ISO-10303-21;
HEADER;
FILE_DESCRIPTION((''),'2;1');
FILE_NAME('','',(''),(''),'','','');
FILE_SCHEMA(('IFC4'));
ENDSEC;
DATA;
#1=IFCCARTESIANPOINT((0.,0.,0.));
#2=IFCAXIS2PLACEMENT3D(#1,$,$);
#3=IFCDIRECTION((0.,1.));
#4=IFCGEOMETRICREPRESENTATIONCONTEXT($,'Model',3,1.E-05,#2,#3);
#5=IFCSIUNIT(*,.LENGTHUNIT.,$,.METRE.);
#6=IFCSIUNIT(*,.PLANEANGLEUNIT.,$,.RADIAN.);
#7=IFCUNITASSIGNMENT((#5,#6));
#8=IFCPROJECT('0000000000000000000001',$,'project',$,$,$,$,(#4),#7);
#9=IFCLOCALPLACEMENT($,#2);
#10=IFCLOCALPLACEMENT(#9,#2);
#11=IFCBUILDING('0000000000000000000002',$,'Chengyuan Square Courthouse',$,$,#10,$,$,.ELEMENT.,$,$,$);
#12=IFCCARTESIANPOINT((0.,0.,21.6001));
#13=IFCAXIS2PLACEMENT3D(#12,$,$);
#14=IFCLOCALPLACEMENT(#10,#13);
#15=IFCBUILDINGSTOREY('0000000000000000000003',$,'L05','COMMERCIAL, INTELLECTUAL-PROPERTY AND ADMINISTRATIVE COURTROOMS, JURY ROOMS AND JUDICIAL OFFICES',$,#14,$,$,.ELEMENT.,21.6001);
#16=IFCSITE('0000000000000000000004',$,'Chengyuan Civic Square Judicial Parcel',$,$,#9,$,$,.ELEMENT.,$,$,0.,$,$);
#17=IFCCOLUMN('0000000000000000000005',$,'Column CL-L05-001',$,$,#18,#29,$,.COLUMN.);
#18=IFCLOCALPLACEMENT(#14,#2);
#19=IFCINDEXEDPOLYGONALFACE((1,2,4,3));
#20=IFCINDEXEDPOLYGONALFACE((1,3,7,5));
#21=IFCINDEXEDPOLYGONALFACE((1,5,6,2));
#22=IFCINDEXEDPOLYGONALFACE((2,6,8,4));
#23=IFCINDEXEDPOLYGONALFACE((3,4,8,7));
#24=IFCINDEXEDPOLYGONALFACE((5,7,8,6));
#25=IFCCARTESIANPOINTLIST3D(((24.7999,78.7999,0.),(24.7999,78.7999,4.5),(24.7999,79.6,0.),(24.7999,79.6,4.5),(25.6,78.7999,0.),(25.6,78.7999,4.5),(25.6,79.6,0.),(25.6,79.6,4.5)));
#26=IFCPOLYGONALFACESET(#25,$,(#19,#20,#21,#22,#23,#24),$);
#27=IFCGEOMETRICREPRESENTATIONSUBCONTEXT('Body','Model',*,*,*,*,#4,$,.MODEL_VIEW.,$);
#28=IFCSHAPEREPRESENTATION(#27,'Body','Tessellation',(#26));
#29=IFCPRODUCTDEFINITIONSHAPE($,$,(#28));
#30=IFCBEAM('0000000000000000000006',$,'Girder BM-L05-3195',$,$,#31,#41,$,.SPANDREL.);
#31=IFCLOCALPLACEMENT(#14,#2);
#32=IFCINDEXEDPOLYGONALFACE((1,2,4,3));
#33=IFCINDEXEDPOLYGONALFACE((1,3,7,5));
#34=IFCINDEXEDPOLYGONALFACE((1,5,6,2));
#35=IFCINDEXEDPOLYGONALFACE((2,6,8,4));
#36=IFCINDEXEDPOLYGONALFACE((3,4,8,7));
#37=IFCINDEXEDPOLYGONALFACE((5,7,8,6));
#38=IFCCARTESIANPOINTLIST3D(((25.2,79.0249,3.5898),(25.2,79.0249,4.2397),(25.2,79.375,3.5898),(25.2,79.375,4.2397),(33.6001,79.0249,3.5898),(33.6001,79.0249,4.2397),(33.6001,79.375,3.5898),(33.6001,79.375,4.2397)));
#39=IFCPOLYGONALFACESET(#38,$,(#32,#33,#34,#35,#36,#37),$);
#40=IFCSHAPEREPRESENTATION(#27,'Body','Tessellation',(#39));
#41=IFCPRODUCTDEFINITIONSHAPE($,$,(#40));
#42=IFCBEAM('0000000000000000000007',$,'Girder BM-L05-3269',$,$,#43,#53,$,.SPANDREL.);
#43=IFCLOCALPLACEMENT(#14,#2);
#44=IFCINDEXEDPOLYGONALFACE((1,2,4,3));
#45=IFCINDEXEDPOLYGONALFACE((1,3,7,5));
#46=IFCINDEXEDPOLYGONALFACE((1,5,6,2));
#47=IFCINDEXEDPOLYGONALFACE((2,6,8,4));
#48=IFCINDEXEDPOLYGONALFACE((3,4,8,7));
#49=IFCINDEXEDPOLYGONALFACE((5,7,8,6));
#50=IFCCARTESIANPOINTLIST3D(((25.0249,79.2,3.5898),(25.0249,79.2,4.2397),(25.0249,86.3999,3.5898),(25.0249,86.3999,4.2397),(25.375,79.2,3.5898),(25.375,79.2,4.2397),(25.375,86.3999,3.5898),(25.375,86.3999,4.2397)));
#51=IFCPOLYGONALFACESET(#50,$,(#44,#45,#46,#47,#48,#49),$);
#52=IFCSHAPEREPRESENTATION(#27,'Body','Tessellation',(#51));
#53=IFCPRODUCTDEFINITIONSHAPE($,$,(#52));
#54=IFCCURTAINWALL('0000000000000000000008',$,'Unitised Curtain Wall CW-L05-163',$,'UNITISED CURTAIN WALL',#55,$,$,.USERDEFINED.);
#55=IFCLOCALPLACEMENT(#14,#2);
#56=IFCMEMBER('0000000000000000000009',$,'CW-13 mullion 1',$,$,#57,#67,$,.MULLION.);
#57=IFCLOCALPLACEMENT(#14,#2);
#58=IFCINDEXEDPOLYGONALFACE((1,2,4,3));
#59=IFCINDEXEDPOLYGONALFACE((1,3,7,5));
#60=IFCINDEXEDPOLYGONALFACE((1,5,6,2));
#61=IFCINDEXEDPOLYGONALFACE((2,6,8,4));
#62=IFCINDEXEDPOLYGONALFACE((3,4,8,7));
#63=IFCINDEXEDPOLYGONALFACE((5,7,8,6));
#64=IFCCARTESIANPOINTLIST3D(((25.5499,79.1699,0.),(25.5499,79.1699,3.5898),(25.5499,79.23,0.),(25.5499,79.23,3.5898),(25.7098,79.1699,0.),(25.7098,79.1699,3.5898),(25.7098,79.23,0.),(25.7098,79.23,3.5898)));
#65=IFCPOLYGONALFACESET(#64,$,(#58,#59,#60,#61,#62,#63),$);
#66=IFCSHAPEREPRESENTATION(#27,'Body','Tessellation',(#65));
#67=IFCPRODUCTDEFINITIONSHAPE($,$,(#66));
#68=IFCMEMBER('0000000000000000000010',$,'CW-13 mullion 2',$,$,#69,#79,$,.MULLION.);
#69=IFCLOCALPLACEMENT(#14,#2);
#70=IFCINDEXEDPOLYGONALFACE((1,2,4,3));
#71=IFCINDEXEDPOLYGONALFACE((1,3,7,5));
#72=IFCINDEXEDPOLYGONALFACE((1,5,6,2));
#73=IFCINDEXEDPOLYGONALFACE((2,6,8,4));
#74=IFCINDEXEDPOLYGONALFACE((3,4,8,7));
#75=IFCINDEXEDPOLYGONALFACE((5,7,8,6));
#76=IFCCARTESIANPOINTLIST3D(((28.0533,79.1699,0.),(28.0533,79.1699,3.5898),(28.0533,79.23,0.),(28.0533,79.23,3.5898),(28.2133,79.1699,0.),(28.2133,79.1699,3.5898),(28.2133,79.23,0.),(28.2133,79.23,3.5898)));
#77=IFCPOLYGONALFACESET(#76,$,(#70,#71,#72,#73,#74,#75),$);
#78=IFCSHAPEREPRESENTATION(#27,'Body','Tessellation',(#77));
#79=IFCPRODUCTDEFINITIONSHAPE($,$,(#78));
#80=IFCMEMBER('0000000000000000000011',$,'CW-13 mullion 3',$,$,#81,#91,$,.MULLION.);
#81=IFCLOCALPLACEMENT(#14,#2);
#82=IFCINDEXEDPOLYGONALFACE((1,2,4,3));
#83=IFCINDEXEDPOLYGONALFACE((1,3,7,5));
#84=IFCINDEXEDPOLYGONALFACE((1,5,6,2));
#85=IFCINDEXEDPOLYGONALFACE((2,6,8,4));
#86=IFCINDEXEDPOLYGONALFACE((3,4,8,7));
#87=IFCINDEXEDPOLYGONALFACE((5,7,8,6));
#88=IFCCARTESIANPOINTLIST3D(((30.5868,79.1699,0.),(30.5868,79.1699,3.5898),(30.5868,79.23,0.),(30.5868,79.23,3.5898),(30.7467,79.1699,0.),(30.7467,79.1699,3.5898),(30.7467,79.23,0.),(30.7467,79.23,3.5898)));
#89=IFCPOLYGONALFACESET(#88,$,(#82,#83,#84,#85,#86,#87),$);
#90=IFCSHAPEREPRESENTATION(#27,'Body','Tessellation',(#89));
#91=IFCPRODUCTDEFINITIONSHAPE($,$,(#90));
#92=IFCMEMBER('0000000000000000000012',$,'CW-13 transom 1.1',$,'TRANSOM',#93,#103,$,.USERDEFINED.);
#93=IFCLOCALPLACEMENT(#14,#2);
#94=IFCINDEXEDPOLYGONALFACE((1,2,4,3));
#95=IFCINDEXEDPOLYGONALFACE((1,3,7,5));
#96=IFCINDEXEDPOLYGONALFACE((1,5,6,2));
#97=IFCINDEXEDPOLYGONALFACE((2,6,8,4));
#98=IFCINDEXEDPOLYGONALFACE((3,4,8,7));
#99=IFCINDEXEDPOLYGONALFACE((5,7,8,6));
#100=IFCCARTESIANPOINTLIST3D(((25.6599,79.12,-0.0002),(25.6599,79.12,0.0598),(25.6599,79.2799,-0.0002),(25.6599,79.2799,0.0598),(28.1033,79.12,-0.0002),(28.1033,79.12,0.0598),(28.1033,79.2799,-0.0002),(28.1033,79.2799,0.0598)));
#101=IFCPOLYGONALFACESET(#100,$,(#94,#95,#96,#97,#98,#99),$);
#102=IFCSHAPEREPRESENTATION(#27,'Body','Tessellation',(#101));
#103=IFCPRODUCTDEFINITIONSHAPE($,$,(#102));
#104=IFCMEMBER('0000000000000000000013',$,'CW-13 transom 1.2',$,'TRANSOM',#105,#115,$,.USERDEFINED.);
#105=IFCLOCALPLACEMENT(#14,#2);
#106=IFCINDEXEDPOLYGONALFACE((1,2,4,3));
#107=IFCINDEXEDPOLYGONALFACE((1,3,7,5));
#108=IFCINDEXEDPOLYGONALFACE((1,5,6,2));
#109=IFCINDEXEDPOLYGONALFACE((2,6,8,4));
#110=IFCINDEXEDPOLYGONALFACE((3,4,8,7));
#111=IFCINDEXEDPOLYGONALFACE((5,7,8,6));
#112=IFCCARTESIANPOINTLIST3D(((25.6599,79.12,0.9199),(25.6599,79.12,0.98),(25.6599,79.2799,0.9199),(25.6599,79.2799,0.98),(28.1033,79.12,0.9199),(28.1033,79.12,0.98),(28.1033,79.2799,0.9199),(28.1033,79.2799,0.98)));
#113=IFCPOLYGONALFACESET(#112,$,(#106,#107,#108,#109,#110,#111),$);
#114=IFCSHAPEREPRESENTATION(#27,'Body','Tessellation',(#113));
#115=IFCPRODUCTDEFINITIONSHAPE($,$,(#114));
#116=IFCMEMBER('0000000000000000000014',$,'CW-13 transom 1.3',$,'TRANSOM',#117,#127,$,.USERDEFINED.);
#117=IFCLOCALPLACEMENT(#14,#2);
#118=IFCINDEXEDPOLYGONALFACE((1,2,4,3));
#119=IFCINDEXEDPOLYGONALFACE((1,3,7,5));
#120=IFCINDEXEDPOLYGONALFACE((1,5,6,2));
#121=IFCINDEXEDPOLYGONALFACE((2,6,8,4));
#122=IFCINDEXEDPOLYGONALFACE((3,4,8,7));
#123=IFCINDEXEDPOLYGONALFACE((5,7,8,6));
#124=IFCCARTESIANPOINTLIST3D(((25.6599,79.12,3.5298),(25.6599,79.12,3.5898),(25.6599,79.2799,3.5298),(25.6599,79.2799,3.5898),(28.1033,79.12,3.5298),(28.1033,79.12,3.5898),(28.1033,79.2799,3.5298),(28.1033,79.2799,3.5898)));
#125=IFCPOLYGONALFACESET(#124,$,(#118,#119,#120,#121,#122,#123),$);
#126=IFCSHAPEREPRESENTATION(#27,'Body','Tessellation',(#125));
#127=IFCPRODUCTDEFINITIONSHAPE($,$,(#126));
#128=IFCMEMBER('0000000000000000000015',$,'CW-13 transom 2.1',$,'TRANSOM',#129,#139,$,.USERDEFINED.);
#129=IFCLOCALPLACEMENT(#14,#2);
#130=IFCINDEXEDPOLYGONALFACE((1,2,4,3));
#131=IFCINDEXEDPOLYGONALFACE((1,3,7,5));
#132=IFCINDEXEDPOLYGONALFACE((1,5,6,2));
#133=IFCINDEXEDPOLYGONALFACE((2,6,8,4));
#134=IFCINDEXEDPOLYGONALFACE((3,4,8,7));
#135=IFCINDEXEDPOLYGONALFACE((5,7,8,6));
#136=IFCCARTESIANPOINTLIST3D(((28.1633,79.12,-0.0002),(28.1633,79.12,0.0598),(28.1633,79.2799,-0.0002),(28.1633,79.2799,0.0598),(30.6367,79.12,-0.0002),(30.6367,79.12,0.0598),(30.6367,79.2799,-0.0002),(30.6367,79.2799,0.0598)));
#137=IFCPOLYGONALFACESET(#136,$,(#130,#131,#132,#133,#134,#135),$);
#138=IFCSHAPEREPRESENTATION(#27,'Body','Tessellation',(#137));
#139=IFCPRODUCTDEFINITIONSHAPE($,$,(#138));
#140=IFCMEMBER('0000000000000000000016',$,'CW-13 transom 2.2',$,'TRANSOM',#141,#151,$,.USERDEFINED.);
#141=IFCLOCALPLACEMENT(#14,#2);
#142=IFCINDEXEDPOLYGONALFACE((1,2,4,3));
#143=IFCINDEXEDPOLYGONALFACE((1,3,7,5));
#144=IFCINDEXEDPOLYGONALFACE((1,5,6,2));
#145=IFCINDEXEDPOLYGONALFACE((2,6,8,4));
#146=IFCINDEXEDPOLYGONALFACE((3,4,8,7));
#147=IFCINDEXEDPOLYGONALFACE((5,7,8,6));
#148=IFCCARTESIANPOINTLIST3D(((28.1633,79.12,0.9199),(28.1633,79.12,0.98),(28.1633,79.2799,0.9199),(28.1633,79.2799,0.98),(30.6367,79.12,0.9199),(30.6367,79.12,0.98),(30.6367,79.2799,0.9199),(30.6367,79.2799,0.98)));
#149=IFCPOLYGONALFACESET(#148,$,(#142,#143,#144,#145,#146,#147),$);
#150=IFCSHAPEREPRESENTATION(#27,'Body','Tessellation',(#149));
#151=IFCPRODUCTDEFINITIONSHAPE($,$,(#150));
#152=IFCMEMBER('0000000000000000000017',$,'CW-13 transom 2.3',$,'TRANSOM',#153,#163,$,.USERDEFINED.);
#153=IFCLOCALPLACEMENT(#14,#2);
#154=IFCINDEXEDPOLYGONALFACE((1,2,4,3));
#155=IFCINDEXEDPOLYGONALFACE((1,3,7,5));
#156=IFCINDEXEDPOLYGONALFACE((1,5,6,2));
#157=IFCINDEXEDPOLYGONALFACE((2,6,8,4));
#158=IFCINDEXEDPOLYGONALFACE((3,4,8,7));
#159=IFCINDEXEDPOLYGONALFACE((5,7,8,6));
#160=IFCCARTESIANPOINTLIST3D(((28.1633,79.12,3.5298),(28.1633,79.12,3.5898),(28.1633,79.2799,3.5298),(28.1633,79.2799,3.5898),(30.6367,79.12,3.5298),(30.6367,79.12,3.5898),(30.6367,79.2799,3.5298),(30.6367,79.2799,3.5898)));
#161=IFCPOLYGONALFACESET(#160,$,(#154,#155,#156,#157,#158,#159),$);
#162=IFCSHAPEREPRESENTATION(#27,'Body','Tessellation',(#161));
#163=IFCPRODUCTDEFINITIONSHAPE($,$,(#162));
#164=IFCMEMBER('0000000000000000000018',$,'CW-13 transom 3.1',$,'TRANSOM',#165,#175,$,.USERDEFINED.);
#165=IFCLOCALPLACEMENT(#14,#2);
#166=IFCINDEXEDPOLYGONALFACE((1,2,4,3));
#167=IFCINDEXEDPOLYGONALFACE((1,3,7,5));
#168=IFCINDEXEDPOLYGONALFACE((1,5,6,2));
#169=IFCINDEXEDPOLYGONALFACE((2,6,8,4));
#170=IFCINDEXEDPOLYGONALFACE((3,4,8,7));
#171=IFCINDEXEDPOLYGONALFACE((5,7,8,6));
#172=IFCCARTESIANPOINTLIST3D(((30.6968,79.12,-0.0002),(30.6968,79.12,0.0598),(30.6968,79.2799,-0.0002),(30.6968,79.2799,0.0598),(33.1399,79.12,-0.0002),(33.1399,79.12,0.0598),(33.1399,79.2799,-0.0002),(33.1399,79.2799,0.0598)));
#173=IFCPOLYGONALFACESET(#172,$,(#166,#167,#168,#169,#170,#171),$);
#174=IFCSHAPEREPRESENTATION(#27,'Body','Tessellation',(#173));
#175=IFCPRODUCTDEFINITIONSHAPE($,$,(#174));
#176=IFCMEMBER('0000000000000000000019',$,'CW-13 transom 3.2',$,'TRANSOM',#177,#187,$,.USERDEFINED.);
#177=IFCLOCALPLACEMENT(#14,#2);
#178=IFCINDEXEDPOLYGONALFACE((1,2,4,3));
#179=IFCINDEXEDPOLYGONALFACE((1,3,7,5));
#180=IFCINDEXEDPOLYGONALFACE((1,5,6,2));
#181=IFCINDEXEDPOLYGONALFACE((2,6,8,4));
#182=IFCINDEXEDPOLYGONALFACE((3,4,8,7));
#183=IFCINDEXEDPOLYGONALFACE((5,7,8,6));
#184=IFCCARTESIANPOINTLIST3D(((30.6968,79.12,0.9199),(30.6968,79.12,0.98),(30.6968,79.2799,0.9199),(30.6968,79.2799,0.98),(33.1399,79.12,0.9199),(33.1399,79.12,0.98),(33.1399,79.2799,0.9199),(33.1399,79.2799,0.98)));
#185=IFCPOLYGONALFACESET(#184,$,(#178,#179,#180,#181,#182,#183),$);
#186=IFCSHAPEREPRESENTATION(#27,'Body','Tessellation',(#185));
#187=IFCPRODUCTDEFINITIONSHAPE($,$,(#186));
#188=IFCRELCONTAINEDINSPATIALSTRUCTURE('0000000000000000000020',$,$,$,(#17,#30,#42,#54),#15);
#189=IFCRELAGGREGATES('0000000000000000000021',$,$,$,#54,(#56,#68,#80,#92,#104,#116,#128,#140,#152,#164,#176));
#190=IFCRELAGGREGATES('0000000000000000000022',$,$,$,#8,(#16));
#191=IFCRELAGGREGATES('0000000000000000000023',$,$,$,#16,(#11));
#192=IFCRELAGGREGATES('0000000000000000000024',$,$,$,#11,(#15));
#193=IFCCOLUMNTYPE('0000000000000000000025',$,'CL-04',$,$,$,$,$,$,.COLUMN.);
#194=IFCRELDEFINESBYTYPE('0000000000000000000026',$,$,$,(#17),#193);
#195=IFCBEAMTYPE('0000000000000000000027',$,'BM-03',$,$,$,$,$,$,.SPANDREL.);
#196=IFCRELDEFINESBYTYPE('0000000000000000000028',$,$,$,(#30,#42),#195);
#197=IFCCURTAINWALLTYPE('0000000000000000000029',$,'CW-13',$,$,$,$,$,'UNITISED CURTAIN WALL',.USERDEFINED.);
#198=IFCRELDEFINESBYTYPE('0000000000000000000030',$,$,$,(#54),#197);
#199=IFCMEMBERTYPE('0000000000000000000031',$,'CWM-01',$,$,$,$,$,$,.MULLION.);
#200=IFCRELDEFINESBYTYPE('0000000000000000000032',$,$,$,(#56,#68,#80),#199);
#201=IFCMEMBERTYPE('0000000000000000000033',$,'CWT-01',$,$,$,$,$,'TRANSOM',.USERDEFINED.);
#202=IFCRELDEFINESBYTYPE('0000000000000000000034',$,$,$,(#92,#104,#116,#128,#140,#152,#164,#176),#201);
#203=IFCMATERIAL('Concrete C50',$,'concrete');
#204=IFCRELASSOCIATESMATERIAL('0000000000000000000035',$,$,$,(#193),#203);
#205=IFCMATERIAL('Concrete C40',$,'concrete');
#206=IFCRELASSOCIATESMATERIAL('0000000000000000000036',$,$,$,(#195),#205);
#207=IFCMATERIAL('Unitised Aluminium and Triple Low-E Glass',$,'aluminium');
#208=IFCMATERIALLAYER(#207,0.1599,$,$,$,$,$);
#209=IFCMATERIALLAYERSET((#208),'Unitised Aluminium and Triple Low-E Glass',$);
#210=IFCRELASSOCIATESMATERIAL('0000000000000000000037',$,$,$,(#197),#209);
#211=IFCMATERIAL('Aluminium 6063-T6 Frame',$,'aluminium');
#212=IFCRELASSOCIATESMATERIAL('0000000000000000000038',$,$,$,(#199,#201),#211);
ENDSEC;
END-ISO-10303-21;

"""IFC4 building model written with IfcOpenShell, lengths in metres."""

from ifc_helpers import new_model, si_unit, direction, frame, origin, origin_2d, place, context, subcontext, project, spatial, rectangle, extrude, material, layer, layer_set, material_profile, profile_set, type_object, element, aggregate, save


model = new_model("IFC4")

# Units and contexts
model_context = context("Model", 3, precision=1e-05, world=origin(), true_north=direction((0.0, 1.0)))
body_context = subcontext(model_context, "Body", "Model", "MODEL_VIEW")
ifc_project = project(units=[si_unit("LENGTHUNIT", "METRE"), si_unit("PLANEANGLEUNIT", "RADIAN")], contexts=[model_context])

# Site, building, storey
site_placement = place(None, origin())
site = spatial("IfcSite", under=ifc_project, at=site_placement, Name="Chengyuan Civic Square Judicial Parcel", CompositionType="ELEMENT", RefElevation=0.0)
building_placement = place(site_placement, origin())
building = spatial("IfcBuilding", under=site, at=building_placement, Name="Chengyuan Square Courthouse", CompositionType="ELEMENT")
storey_placement = place(building_placement, frame((0.0, 0.0, 21.6001)))
storey = spatial("IfcBuildingStorey", under=building, at=storey_placement, Name="L05", Description="COMMERCIAL, INTELLECTUAL-PROPERTY AND ADMINISTRATIVE COURTROOMS, JURY ROOMS AND JUDICIAL OFFICES", CompositionType="ELEMENT", Elevation=21.6001)

# Column
ifc_material_1 = material(Name="Concrete C50", Category="concrete")
ifc_material_profile_1 = material_profile(ifc_material_1, rectangle(XDim=0.8, YDim=0.8, at=origin_2d()), Name="RC-COL-800x800")
ifc_profile_set_1 = profile_set([ifc_material_profile_1], Name="Concrete C50")
column_type = type_object("IfcColumnType", Name="CL-04", PredefinedType="COLUMN", material=ifc_profile_set_1)
column_placement = place(storey_placement, frame((25.2, 79.2, 0.0), z_axis=(0.0, 0.0, 1.0), x_axis=(1.0, 0.0, 0.0)))
element("IfcColumn", 1, at=column_placement, inside=storey, type_object=column_type, Name="Column CL-L05-001", PredefinedType="COLUMN", context=body_context, shape_type="SweptSolid", body=[
    extrude(rectangle(XDim=0.8, YDim=0.8, at=origin_2d()), origin(), (0.0, 0.0, 1.0), 4.5),
])

# Beams
ifc_material_2 = material(Name="Concrete C40", Category="concrete")
ifc_material_profile_2 = material_profile(ifc_material_2, rectangle(XDim=0.3501, YDim=0.6499, at=origin_2d()), Name="RC-BM-350x650")
ifc_profile_set_2 = profile_set([ifc_material_profile_2], Name="Concrete C40")
beam_type = type_object("IfcBeamType", Name="BM-03", PredefinedType="SPANDREL", material=ifc_profile_set_2)
beam_1_placement = place(storey_placement, frame((25.2, 79.2, 3.9148), z_axis=(1.0, 0.0, 0.0), x_axis=(0.0, 1.0, 0.0)))
element("IfcBeam", 2, at=beam_1_placement, inside=storey, type_object=beam_type, Name="Girder BM-L05-3195", PredefinedType="SPANDREL", context=body_context, shape_type="SweptSolid", body=[
    extrude(rectangle(XDim=0.3501, YDim=0.6499, at=origin_2d()), origin(), (0.0, 0.0, 1.0), 8.4001),
])
beam_2_placement = place(storey_placement, frame((25.2, 79.2, 3.9148), z_axis=(0.0, 1.0, 0.0), x_axis=(-1.0, 0.0, 0.0)))
element("IfcBeam", 3, at=beam_2_placement, inside=storey, type_object=beam_type, Name="Girder BM-L05-3269", PredefinedType="SPANDREL", context=body_context, shape_type="SweptSolid", body=[
    extrude(rectangle(XDim=0.3501, YDim=0.6499, at=origin_2d()), origin(), (0.0, 0.0, 1.0), 7.2),
])

# Curtain wall, members
ifc_material_3 = material(Name="Unitised Aluminium and Triple Low-E Glass", Category="aluminium")
ifc_layer_1 = layer(ifc_material_3, 0.1599)
ifc_layer_set_1 = layer_set([ifc_layer_1], Name="Unitised Aluminium and Triple Low-E Glass")
curtain_wall_type = type_object("IfcCurtainWallType", Name="CW-13", ElementType="UNITISED CURTAIN WALL", PredefinedType="USERDEFINED", material=ifc_layer_set_1)
curtain_wall_placement = place(storey_placement, origin())
curtain_wall = element("IfcCurtainWall", 4, at=curtain_wall_placement, inside=storey, type_object=curtain_wall_type, Name="Unitised Curtain Wall CW-L05-163", ObjectType="UNITISED CURTAIN WALL", PredefinedType="USERDEFINED")
ifc_material_4 = material(Name="Aluminium 6063-T6 Frame", Category="aluminium")
ifc_material_profile_3 = material_profile(ifc_material_4, rectangle(XDim=0.0601, YDim=0.1599, at=origin_2d()), Name="CW-MUL-60x160")
ifc_profile_set_3 = profile_set([ifc_material_profile_3], Name="Aluminium 6063-T6 Frame")
member_type_1 = type_object("IfcMemberType", Name="CWM-01", PredefinedType="MULLION", material=ifc_profile_set_3)
member_1_placement = place(storey_placement, frame((25.6299, 79.2, 0.0), z_axis=(0.0, 0.0, 1.0), x_axis=(0.0, 1.0, 0.0)))
member_1 = element("IfcMember", 5, at=member_1_placement, type_object=member_type_1, Name="CW-13 mullion 1", PredefinedType="MULLION", context=body_context, shape_type="SweptSolid", body=[
    extrude(rectangle(XDim=0.0601, YDim=0.1599, at=origin_2d()), origin(), (0.0, 0.0, 1.0), 3.5898),
])
member_2_placement = place(storey_placement, frame((28.1333, 79.2, 0.0), z_axis=(0.0, 0.0, 1.0), x_axis=(0.0, 1.0, 0.0)))
member_2 = element("IfcMember", 6, at=member_2_placement, type_object=member_type_1, Name="CW-13 mullion 2", PredefinedType="MULLION", context=body_context, shape_type="SweptSolid", body=[
    extrude(rectangle(XDim=0.0601, YDim=0.1599, at=origin_2d()), origin(), (0.0, 0.0, 1.0), 3.5898),
])
member_3_placement = place(storey_placement, frame((30.6667, 79.2, 0.0), z_axis=(0.0, 0.0, 1.0), x_axis=(0.0, 1.0, 0.0)))
member_3 = element("IfcMember", 7, at=member_3_placement, type_object=member_type_1, Name="CW-13 mullion 3", PredefinedType="MULLION", context=body_context, shape_type="SweptSolid", body=[
    extrude(rectangle(XDim=0.0601, YDim=0.1599, at=origin_2d()), origin(), (0.0, 0.0, 1.0), 3.5898),
])
ifc_material_profile_4 = material_profile(ifc_material_4, rectangle(XDim=0.1599, YDim=0.0601, at=origin_2d()), Name="CW-TRN-60x120")
ifc_profile_set_4 = profile_set([ifc_material_profile_4], Name="Aluminium 6063-T6 Frame")
member_type_2 = type_object("IfcMemberType", Name="CWT-01", ElementType="TRANSOM", PredefinedType="USERDEFINED", material=ifc_profile_set_4)
member_4_placement = place(storey_placement, frame((25.6599, 79.2, 0.0298), z_axis=(1.0, 0.0, 0.0), x_axis=(0.0, 1.0, 0.0)))
member_4 = element("IfcMember", 8, at=member_4_placement, type_object=member_type_2, Name="CW-13 transom 1.1", ObjectType="TRANSOM", PredefinedType="USERDEFINED", context=body_context, shape_type="SweptSolid", body=[
    extrude(rectangle(XDim=0.1599, YDim=0.0601, at=origin_2d()), origin(), (0.0, 0.0, 1.0), 2.4434),
])
member_5_placement = place(storey_placement, frame((25.6599, 79.2, 0.95), z_axis=(1.0, 0.0, 0.0), x_axis=(0.0, 1.0, 0.0)))
member_5 = element("IfcMember", 9, at=member_5_placement, type_object=member_type_2, Name="CW-13 transom 1.2", ObjectType="TRANSOM", PredefinedType="USERDEFINED", context=body_context, shape_type="SweptSolid", body=[
    extrude(rectangle(XDim=0.1599, YDim=0.0601, at=origin_2d()), origin(), (0.0, 0.0, 1.0), 2.4434),
])
member_6_placement = place(storey_placement, frame((25.6599, 79.2, 3.5598), z_axis=(1.0, 0.0, 0.0), x_axis=(0.0, 1.0, 0.0)))
member_6 = element("IfcMember", 10, at=member_6_placement, type_object=member_type_2, Name="CW-13 transom 1.3", ObjectType="TRANSOM", PredefinedType="USERDEFINED", context=body_context, shape_type="SweptSolid", body=[
    extrude(rectangle(XDim=0.1599, YDim=0.0601, at=origin_2d()), origin(), (0.0, 0.0, 1.0), 2.4434),
])
member_7_placement = place(storey_placement, frame((28.1633, 79.2, 0.0298), z_axis=(1.0, 0.0, 0.0), x_axis=(0.0, 1.0, 0.0)))
member_7 = element("IfcMember", 11, at=member_7_placement, type_object=member_type_2, Name="CW-13 transom 2.1", ObjectType="TRANSOM", PredefinedType="USERDEFINED", context=body_context, shape_type="SweptSolid", body=[
    extrude(rectangle(XDim=0.1599, YDim=0.0601, at=origin_2d()), origin(), (0.0, 0.0, 1.0), 2.4734),
])
member_8_placement = place(storey_placement, frame((28.1633, 79.2, 0.95), z_axis=(1.0, 0.0, 0.0), x_axis=(0.0, 1.0, 0.0)))
member_8 = element("IfcMember", 12, at=member_8_placement, type_object=member_type_2, Name="CW-13 transom 2.2", ObjectType="TRANSOM", PredefinedType="USERDEFINED", context=body_context, shape_type="SweptSolid", body=[
    extrude(rectangle(XDim=0.1599, YDim=0.0601, at=origin_2d()), origin(), (0.0, 0.0, 1.0), 2.4734),
])
member_9_placement = place(storey_placement, frame((28.1633, 79.2, 3.5598), z_axis=(1.0, 0.0, 0.0), x_axis=(0.0, 1.0, 0.0)))
member_9 = element("IfcMember", 13, at=member_9_placement, type_object=member_type_2, Name="CW-13 transom 2.3", ObjectType="TRANSOM", PredefinedType="USERDEFINED", context=body_context, shape_type="SweptSolid", body=[
    extrude(rectangle(XDim=0.1599, YDim=0.0601, at=origin_2d()), origin(), (0.0, 0.0, 1.0), 2.4734),
])
member_10_placement = place(storey_placement, frame((30.6968, 79.2, 0.0298), z_axis=(1.0, 0.0, 0.0), x_axis=(0.0, 1.0, 0.0)))
member_10 = element("IfcMember", 14, at=member_10_placement, type_object=member_type_2, Name="CW-13 transom 3.1", ObjectType="TRANSOM", PredefinedType="USERDEFINED", context=body_context, shape_type="SweptSolid", body=[
    extrude(rectangle(XDim=0.1599, YDim=0.0601, at=origin_2d()), origin(), (0.0, 0.0, 1.0), 2.4431),
])
member_11_placement = place(storey_placement, frame((30.6968, 79.2, 0.95), z_axis=(1.0, 0.0, 0.0), x_axis=(0.0, 1.0, 0.0)))
member_11 = element("IfcMember", 15, at=member_11_placement, type_object=member_type_2, Name="CW-13 transom 3.2", ObjectType="TRANSOM", PredefinedType="USERDEFINED", context=body_context, shape_type="SweptSolid", body=[
    extrude(rectangle(XDim=0.1599, YDim=0.0601, at=origin_2d()), origin(), (0.0, 0.0, 1.0), 2.4431),
])
aggregate(curtain_wall, [member_1, member_2, member_3, member_4, member_5, member_6, member_7, member_8, member_9, member_10, member_11])

save(model, "model.ifc")
